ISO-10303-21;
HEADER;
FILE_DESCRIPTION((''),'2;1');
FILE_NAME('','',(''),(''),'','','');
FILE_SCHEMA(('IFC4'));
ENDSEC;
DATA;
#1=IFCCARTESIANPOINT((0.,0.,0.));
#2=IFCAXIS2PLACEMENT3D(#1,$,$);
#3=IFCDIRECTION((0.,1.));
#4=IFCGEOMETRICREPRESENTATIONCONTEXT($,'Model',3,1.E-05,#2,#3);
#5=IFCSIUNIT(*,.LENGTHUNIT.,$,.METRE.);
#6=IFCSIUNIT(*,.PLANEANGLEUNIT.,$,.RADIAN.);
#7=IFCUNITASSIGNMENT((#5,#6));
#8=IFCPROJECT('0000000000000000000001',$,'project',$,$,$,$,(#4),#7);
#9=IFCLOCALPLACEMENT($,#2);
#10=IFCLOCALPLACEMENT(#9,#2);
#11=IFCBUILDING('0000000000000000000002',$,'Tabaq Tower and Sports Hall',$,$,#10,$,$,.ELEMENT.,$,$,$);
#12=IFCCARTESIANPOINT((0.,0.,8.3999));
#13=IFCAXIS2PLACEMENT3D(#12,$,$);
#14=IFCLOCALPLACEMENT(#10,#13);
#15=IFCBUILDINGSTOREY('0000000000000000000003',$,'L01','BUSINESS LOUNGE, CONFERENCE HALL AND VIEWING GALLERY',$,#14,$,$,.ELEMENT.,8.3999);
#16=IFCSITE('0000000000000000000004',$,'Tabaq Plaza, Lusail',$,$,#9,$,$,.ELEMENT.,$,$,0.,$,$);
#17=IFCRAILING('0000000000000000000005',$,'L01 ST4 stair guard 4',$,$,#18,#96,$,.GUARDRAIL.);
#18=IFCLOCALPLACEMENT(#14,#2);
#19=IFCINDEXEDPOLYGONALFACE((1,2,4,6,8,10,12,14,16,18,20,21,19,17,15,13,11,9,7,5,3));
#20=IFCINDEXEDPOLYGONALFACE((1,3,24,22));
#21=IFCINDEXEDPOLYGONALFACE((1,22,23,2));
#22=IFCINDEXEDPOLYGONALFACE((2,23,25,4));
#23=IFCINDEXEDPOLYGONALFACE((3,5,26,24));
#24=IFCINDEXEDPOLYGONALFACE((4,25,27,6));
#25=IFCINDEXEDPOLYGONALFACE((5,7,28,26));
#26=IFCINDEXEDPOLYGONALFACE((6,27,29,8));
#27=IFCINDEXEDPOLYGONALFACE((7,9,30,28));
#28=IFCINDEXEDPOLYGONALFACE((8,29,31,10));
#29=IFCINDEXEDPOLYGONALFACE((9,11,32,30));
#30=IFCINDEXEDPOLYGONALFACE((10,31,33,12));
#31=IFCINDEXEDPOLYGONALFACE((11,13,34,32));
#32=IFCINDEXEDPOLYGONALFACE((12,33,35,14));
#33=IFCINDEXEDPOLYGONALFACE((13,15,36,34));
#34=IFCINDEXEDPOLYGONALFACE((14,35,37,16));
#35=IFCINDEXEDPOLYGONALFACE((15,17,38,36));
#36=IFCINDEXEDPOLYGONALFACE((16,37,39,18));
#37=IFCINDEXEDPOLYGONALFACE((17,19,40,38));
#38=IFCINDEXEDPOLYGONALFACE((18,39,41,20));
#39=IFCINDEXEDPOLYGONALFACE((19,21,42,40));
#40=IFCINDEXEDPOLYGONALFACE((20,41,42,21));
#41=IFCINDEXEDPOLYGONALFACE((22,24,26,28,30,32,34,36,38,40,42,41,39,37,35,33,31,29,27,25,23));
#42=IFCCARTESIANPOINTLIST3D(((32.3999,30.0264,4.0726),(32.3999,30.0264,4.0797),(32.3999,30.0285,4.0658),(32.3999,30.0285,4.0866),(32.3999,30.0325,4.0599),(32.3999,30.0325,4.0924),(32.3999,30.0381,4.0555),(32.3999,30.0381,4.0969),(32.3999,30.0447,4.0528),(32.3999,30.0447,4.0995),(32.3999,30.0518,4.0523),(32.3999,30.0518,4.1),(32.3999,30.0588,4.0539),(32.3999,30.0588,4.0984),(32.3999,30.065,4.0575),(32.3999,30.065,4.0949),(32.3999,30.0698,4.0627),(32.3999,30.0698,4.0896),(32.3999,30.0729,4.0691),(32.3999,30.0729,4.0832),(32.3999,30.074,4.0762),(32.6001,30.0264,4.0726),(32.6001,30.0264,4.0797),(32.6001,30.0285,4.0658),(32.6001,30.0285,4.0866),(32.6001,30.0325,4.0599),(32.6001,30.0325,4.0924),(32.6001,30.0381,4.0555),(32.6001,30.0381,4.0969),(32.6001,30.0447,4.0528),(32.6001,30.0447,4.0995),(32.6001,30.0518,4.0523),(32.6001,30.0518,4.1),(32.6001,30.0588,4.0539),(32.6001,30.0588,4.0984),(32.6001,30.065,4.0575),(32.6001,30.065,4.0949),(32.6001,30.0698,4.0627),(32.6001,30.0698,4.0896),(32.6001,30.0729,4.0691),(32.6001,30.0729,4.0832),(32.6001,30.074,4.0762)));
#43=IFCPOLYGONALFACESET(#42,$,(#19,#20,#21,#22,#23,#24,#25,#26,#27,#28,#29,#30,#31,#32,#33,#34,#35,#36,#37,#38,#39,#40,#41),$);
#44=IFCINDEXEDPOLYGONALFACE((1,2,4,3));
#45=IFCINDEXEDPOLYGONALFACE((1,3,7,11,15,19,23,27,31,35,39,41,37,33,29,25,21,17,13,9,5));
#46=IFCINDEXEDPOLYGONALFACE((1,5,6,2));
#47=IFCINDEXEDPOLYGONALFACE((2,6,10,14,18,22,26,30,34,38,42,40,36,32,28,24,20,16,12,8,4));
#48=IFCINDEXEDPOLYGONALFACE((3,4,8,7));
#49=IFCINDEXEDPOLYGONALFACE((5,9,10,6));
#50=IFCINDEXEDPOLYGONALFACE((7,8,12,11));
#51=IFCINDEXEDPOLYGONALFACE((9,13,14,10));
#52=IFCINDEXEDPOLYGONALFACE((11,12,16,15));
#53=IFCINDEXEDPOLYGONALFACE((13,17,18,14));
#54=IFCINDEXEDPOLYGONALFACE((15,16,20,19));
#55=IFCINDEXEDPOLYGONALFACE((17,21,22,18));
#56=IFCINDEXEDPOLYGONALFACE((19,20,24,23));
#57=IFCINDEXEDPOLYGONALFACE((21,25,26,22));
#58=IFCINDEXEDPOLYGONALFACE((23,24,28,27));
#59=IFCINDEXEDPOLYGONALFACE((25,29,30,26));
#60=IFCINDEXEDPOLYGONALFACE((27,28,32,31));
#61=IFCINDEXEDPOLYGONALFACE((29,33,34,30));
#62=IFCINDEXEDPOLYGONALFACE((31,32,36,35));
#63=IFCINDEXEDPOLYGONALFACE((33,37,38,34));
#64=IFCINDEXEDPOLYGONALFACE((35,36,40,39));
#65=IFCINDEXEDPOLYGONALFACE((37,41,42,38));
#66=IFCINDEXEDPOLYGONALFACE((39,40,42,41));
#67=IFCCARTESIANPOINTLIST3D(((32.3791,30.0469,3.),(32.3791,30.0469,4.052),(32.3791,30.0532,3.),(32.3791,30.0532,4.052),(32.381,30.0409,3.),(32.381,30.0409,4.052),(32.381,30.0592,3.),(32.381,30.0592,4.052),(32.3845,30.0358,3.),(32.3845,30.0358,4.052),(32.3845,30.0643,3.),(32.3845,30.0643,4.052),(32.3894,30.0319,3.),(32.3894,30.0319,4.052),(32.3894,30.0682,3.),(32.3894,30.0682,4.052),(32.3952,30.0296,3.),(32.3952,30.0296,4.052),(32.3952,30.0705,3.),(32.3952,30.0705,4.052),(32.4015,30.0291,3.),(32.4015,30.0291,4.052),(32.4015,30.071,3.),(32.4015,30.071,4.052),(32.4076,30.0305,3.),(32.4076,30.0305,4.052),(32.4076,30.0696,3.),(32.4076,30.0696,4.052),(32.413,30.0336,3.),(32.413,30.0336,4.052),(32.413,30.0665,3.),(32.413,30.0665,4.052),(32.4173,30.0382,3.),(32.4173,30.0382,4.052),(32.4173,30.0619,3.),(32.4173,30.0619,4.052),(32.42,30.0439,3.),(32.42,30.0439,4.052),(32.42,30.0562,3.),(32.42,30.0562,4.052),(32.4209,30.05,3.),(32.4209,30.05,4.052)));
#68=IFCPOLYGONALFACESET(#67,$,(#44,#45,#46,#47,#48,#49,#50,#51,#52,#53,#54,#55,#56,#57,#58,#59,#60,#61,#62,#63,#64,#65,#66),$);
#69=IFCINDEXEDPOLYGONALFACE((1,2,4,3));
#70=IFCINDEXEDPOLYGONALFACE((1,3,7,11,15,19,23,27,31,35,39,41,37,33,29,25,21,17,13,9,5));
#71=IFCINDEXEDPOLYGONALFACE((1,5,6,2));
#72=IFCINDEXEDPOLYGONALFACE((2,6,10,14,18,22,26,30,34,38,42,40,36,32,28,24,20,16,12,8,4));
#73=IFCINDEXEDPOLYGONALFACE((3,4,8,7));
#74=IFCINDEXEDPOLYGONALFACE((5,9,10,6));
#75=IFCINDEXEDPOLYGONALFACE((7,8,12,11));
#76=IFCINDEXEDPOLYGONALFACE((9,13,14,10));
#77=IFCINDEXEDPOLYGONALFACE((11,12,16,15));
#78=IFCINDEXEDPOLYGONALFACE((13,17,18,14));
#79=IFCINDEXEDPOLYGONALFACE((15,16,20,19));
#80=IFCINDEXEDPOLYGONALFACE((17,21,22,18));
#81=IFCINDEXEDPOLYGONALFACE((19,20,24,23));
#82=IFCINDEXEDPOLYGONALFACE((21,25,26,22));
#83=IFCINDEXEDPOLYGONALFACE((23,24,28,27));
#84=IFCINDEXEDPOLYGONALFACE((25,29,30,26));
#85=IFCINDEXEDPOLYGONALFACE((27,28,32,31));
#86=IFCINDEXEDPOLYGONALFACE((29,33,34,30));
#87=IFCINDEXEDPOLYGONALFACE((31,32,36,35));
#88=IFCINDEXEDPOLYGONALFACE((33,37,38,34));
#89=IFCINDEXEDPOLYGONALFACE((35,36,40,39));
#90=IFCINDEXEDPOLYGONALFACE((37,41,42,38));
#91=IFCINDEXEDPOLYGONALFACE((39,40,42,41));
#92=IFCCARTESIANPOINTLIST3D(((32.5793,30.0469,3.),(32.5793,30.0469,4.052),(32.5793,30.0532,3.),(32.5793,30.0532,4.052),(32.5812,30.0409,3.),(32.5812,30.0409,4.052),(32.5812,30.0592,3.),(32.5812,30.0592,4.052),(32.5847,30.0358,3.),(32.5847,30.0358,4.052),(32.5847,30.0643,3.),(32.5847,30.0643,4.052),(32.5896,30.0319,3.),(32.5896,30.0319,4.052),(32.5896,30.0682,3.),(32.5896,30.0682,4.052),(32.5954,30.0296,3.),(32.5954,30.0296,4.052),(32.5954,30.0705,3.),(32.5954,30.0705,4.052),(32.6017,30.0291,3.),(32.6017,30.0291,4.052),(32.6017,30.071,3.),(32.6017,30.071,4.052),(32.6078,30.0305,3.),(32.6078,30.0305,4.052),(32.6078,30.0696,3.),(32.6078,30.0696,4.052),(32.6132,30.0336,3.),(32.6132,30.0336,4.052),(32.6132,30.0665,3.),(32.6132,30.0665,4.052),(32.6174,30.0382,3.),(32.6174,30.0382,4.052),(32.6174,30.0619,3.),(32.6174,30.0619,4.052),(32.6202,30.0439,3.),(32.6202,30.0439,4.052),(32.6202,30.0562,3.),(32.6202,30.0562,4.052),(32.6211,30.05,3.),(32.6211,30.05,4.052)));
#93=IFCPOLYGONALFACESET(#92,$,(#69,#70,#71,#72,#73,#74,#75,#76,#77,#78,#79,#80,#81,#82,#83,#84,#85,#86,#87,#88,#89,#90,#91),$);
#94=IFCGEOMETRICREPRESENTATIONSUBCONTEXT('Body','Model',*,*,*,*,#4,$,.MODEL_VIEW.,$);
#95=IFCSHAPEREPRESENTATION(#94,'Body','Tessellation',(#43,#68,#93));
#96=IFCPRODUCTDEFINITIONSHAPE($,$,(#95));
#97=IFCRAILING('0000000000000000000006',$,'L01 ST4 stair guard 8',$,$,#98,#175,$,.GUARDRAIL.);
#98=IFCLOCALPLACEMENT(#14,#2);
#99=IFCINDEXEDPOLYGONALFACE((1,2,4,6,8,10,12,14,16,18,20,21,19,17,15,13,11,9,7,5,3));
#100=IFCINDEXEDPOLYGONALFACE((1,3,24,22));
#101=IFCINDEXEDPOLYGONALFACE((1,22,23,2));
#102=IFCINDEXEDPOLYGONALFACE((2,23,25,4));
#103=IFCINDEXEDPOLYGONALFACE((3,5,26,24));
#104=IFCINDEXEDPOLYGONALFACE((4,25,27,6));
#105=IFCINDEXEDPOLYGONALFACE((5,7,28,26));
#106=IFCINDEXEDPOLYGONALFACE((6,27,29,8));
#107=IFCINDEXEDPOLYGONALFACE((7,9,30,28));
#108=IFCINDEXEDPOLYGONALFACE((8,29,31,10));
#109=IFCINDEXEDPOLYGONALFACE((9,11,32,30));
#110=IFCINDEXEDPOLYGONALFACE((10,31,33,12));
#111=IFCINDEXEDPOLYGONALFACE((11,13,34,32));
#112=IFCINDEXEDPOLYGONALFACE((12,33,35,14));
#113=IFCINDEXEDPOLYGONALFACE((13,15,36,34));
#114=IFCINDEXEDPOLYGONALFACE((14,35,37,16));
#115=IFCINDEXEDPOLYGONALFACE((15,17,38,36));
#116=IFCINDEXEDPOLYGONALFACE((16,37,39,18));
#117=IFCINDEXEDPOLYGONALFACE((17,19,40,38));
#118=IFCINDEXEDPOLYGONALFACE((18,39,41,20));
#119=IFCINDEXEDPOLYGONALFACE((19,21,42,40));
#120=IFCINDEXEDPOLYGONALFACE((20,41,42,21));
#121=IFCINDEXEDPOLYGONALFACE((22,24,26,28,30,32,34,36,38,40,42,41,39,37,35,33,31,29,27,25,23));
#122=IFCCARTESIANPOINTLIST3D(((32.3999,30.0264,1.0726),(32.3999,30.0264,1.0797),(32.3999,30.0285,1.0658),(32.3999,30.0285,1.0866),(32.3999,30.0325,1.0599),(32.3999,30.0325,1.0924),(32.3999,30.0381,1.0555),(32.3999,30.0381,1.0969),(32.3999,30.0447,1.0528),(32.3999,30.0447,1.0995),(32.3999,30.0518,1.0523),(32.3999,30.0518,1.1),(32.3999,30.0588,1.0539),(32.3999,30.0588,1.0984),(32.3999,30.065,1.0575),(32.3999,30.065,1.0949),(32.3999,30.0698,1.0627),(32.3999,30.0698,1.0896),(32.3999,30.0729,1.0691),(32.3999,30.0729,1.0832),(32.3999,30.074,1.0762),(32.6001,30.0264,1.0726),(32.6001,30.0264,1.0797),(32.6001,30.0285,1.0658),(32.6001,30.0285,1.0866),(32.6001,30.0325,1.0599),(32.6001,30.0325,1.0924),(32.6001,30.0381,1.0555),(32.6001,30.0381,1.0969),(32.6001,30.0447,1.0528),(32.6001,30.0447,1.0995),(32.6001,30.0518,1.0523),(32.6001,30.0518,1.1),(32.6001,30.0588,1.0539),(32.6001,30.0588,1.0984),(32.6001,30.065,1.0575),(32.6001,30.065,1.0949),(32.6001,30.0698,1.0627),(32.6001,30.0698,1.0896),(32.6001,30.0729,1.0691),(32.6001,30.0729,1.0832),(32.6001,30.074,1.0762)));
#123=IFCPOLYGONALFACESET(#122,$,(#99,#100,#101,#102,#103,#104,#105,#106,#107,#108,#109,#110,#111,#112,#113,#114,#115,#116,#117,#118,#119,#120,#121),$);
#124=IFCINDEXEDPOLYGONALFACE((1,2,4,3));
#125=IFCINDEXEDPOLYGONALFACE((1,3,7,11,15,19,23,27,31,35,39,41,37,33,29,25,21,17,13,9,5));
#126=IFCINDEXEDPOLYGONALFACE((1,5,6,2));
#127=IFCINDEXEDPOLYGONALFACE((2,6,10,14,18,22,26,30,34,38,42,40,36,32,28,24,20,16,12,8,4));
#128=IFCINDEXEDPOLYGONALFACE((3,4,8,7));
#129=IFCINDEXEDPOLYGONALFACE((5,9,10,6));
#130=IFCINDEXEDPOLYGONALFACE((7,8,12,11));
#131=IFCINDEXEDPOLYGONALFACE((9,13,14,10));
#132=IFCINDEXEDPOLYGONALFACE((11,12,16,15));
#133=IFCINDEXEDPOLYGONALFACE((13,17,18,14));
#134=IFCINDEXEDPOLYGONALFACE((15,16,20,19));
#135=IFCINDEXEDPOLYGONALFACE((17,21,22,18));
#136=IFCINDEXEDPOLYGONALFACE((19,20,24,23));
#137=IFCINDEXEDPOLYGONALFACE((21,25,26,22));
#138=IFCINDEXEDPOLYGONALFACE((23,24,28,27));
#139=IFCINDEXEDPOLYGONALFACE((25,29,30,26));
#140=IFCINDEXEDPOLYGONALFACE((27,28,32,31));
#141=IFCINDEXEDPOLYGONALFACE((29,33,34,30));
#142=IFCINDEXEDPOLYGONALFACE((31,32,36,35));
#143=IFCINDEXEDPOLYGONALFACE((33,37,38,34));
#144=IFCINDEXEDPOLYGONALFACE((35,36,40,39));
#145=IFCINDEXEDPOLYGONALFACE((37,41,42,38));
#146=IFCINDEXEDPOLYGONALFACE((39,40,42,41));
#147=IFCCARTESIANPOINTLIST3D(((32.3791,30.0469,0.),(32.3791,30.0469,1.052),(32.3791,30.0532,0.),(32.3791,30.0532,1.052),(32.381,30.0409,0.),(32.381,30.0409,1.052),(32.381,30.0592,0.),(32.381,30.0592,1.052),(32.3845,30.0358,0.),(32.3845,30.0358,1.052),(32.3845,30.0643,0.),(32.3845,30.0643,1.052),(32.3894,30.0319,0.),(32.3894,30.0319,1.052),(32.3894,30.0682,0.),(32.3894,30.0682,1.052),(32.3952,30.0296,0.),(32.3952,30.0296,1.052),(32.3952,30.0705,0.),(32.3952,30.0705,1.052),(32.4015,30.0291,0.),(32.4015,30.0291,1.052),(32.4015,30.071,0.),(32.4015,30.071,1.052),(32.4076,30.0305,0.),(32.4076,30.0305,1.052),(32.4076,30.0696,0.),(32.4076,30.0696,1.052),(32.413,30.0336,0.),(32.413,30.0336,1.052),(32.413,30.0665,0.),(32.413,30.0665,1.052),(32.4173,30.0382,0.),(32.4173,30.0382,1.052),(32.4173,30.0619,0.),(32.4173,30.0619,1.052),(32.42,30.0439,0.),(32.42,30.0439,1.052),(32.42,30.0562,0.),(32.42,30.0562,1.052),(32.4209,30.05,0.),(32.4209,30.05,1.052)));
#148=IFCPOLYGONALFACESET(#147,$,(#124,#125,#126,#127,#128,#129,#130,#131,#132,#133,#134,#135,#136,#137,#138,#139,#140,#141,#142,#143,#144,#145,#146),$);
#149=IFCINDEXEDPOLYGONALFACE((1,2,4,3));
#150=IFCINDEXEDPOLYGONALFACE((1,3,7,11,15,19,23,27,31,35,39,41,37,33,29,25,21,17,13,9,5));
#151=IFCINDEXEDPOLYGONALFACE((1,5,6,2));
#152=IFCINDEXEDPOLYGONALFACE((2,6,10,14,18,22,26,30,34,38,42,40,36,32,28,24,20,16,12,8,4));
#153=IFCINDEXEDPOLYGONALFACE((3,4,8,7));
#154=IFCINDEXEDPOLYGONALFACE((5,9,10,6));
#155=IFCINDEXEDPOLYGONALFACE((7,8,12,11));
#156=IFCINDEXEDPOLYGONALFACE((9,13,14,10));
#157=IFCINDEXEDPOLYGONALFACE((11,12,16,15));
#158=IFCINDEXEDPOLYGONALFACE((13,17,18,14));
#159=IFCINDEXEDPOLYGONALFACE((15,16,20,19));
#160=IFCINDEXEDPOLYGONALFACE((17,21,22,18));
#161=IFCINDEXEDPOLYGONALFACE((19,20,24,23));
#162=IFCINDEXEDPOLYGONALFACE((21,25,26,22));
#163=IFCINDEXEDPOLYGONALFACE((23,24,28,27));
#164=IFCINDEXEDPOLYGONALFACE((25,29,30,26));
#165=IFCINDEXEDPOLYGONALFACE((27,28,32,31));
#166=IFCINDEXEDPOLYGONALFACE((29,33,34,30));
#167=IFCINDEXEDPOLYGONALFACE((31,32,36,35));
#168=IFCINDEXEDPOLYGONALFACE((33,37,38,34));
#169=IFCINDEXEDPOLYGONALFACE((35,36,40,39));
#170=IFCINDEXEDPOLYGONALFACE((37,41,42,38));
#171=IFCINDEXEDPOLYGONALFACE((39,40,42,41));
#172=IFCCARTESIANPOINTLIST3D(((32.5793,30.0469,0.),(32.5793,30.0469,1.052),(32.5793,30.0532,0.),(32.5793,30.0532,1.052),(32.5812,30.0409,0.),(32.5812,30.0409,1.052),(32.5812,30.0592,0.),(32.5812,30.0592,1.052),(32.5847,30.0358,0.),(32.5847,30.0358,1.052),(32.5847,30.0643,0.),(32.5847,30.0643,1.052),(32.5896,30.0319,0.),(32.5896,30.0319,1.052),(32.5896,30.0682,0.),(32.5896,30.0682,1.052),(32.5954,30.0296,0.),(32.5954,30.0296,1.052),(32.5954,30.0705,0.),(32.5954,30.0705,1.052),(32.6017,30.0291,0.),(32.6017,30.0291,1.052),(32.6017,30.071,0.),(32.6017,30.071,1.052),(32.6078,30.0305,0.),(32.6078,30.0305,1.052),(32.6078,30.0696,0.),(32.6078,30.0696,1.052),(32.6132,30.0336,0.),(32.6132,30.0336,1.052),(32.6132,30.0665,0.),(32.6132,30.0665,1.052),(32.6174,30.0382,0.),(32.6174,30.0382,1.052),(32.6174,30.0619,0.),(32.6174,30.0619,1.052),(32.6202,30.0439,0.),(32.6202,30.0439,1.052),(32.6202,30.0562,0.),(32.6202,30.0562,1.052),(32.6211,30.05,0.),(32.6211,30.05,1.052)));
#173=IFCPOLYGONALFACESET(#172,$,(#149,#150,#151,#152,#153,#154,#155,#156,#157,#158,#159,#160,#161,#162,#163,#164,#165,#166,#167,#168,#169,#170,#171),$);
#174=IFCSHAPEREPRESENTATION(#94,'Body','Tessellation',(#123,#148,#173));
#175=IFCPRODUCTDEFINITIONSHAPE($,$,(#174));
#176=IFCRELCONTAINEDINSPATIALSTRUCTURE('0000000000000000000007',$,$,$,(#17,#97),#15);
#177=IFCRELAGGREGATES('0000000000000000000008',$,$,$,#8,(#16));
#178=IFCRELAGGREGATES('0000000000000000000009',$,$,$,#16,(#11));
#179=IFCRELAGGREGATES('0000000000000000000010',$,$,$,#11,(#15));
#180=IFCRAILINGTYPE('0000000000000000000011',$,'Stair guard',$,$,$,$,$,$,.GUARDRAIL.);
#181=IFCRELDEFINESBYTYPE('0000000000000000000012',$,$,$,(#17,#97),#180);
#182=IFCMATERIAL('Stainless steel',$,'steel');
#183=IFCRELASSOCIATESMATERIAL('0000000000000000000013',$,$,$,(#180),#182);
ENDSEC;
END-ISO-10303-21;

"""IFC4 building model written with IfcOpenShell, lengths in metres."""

from ifc_helpers import new_model, si_unit, direction, frame, origin, origin_2d, place, context, subcontext, project, spatial, circle, extrude, material, type_object, element, save


model = new_model("IFC4")

# Units and contexts
model_context = context("Model", 3, precision=1e-05, world=origin(), true_north=direction((0.0, 1.0)))
body_context = subcontext(model_context, "Body", "Model", "MODEL_VIEW")
ifc_project = project(units=[si_unit("LENGTHUNIT", "METRE"), si_unit("PLANEANGLEUNIT", "RADIAN")], contexts=[model_context])

# Site, building, storey
site_placement = place(None, origin())
site = spatial("IfcSite", under=ifc_project, at=site_placement, Name="Tabaq Plaza, Lusail", CompositionType="ELEMENT", RefElevation=0.0)
building_placement = place(site_placement, origin())
building = spatial("IfcBuilding", under=site, at=building_placement, Name="Tabaq Tower and Sports Hall", CompositionType="ELEMENT")
storey_placement = place(building_placement, frame((0.0, 0.0, 8.3999)))
storey = spatial("IfcBuildingStorey", under=building, at=storey_placement, Name="L01", Description="BUSINESS LOUNGE, CONFERENCE HALL AND VIEWING GALLERY", CompositionType="ELEMENT", Elevation=8.3999)

# Railings
ifc_material_1 = material(Name="Stainless steel", Category="steel")
railing_type = type_object("IfcRailingType", Name="Stair guard", PredefinedType="GUARDRAIL", material=ifc_material_1)
for number, where, name in (
    (1, (32.3999, 30.05, 3.0), "L01 ST4 stair guard 4"),
    (2, (32.3999, 30.05, 0.0), "L01 ST4 stair guard 8"),
):
    element("IfcRailing", number, at=place(storey_placement, frame(where)), inside=storey, type_object=railing_type, Name=name, PredefinedType="GUARDRAIL", context=body_context, shape_type="SweptSolid", body=[
        extrude(circle(Radius=0.0239, at=origin_2d()), frame((0.0, 0.0, 1.0762), z_axis=(1.0, 0.0, 0.0), x_axis=(0.0, 1.0, 0.0)), (0.0, 0.0, 1.0), 0.2002),
        extrude(circle(Radius=0.021, at=origin_2d()), origin(), (0.0, 0.0, 1.0), 1.052),
        extrude(circle(Radius=0.021, at=origin_2d()), frame((0.2002, 0.0, 0.0)), (0.0, 0.0, 1.0), 1.052),
    ])

save(model, "model.ifc")
